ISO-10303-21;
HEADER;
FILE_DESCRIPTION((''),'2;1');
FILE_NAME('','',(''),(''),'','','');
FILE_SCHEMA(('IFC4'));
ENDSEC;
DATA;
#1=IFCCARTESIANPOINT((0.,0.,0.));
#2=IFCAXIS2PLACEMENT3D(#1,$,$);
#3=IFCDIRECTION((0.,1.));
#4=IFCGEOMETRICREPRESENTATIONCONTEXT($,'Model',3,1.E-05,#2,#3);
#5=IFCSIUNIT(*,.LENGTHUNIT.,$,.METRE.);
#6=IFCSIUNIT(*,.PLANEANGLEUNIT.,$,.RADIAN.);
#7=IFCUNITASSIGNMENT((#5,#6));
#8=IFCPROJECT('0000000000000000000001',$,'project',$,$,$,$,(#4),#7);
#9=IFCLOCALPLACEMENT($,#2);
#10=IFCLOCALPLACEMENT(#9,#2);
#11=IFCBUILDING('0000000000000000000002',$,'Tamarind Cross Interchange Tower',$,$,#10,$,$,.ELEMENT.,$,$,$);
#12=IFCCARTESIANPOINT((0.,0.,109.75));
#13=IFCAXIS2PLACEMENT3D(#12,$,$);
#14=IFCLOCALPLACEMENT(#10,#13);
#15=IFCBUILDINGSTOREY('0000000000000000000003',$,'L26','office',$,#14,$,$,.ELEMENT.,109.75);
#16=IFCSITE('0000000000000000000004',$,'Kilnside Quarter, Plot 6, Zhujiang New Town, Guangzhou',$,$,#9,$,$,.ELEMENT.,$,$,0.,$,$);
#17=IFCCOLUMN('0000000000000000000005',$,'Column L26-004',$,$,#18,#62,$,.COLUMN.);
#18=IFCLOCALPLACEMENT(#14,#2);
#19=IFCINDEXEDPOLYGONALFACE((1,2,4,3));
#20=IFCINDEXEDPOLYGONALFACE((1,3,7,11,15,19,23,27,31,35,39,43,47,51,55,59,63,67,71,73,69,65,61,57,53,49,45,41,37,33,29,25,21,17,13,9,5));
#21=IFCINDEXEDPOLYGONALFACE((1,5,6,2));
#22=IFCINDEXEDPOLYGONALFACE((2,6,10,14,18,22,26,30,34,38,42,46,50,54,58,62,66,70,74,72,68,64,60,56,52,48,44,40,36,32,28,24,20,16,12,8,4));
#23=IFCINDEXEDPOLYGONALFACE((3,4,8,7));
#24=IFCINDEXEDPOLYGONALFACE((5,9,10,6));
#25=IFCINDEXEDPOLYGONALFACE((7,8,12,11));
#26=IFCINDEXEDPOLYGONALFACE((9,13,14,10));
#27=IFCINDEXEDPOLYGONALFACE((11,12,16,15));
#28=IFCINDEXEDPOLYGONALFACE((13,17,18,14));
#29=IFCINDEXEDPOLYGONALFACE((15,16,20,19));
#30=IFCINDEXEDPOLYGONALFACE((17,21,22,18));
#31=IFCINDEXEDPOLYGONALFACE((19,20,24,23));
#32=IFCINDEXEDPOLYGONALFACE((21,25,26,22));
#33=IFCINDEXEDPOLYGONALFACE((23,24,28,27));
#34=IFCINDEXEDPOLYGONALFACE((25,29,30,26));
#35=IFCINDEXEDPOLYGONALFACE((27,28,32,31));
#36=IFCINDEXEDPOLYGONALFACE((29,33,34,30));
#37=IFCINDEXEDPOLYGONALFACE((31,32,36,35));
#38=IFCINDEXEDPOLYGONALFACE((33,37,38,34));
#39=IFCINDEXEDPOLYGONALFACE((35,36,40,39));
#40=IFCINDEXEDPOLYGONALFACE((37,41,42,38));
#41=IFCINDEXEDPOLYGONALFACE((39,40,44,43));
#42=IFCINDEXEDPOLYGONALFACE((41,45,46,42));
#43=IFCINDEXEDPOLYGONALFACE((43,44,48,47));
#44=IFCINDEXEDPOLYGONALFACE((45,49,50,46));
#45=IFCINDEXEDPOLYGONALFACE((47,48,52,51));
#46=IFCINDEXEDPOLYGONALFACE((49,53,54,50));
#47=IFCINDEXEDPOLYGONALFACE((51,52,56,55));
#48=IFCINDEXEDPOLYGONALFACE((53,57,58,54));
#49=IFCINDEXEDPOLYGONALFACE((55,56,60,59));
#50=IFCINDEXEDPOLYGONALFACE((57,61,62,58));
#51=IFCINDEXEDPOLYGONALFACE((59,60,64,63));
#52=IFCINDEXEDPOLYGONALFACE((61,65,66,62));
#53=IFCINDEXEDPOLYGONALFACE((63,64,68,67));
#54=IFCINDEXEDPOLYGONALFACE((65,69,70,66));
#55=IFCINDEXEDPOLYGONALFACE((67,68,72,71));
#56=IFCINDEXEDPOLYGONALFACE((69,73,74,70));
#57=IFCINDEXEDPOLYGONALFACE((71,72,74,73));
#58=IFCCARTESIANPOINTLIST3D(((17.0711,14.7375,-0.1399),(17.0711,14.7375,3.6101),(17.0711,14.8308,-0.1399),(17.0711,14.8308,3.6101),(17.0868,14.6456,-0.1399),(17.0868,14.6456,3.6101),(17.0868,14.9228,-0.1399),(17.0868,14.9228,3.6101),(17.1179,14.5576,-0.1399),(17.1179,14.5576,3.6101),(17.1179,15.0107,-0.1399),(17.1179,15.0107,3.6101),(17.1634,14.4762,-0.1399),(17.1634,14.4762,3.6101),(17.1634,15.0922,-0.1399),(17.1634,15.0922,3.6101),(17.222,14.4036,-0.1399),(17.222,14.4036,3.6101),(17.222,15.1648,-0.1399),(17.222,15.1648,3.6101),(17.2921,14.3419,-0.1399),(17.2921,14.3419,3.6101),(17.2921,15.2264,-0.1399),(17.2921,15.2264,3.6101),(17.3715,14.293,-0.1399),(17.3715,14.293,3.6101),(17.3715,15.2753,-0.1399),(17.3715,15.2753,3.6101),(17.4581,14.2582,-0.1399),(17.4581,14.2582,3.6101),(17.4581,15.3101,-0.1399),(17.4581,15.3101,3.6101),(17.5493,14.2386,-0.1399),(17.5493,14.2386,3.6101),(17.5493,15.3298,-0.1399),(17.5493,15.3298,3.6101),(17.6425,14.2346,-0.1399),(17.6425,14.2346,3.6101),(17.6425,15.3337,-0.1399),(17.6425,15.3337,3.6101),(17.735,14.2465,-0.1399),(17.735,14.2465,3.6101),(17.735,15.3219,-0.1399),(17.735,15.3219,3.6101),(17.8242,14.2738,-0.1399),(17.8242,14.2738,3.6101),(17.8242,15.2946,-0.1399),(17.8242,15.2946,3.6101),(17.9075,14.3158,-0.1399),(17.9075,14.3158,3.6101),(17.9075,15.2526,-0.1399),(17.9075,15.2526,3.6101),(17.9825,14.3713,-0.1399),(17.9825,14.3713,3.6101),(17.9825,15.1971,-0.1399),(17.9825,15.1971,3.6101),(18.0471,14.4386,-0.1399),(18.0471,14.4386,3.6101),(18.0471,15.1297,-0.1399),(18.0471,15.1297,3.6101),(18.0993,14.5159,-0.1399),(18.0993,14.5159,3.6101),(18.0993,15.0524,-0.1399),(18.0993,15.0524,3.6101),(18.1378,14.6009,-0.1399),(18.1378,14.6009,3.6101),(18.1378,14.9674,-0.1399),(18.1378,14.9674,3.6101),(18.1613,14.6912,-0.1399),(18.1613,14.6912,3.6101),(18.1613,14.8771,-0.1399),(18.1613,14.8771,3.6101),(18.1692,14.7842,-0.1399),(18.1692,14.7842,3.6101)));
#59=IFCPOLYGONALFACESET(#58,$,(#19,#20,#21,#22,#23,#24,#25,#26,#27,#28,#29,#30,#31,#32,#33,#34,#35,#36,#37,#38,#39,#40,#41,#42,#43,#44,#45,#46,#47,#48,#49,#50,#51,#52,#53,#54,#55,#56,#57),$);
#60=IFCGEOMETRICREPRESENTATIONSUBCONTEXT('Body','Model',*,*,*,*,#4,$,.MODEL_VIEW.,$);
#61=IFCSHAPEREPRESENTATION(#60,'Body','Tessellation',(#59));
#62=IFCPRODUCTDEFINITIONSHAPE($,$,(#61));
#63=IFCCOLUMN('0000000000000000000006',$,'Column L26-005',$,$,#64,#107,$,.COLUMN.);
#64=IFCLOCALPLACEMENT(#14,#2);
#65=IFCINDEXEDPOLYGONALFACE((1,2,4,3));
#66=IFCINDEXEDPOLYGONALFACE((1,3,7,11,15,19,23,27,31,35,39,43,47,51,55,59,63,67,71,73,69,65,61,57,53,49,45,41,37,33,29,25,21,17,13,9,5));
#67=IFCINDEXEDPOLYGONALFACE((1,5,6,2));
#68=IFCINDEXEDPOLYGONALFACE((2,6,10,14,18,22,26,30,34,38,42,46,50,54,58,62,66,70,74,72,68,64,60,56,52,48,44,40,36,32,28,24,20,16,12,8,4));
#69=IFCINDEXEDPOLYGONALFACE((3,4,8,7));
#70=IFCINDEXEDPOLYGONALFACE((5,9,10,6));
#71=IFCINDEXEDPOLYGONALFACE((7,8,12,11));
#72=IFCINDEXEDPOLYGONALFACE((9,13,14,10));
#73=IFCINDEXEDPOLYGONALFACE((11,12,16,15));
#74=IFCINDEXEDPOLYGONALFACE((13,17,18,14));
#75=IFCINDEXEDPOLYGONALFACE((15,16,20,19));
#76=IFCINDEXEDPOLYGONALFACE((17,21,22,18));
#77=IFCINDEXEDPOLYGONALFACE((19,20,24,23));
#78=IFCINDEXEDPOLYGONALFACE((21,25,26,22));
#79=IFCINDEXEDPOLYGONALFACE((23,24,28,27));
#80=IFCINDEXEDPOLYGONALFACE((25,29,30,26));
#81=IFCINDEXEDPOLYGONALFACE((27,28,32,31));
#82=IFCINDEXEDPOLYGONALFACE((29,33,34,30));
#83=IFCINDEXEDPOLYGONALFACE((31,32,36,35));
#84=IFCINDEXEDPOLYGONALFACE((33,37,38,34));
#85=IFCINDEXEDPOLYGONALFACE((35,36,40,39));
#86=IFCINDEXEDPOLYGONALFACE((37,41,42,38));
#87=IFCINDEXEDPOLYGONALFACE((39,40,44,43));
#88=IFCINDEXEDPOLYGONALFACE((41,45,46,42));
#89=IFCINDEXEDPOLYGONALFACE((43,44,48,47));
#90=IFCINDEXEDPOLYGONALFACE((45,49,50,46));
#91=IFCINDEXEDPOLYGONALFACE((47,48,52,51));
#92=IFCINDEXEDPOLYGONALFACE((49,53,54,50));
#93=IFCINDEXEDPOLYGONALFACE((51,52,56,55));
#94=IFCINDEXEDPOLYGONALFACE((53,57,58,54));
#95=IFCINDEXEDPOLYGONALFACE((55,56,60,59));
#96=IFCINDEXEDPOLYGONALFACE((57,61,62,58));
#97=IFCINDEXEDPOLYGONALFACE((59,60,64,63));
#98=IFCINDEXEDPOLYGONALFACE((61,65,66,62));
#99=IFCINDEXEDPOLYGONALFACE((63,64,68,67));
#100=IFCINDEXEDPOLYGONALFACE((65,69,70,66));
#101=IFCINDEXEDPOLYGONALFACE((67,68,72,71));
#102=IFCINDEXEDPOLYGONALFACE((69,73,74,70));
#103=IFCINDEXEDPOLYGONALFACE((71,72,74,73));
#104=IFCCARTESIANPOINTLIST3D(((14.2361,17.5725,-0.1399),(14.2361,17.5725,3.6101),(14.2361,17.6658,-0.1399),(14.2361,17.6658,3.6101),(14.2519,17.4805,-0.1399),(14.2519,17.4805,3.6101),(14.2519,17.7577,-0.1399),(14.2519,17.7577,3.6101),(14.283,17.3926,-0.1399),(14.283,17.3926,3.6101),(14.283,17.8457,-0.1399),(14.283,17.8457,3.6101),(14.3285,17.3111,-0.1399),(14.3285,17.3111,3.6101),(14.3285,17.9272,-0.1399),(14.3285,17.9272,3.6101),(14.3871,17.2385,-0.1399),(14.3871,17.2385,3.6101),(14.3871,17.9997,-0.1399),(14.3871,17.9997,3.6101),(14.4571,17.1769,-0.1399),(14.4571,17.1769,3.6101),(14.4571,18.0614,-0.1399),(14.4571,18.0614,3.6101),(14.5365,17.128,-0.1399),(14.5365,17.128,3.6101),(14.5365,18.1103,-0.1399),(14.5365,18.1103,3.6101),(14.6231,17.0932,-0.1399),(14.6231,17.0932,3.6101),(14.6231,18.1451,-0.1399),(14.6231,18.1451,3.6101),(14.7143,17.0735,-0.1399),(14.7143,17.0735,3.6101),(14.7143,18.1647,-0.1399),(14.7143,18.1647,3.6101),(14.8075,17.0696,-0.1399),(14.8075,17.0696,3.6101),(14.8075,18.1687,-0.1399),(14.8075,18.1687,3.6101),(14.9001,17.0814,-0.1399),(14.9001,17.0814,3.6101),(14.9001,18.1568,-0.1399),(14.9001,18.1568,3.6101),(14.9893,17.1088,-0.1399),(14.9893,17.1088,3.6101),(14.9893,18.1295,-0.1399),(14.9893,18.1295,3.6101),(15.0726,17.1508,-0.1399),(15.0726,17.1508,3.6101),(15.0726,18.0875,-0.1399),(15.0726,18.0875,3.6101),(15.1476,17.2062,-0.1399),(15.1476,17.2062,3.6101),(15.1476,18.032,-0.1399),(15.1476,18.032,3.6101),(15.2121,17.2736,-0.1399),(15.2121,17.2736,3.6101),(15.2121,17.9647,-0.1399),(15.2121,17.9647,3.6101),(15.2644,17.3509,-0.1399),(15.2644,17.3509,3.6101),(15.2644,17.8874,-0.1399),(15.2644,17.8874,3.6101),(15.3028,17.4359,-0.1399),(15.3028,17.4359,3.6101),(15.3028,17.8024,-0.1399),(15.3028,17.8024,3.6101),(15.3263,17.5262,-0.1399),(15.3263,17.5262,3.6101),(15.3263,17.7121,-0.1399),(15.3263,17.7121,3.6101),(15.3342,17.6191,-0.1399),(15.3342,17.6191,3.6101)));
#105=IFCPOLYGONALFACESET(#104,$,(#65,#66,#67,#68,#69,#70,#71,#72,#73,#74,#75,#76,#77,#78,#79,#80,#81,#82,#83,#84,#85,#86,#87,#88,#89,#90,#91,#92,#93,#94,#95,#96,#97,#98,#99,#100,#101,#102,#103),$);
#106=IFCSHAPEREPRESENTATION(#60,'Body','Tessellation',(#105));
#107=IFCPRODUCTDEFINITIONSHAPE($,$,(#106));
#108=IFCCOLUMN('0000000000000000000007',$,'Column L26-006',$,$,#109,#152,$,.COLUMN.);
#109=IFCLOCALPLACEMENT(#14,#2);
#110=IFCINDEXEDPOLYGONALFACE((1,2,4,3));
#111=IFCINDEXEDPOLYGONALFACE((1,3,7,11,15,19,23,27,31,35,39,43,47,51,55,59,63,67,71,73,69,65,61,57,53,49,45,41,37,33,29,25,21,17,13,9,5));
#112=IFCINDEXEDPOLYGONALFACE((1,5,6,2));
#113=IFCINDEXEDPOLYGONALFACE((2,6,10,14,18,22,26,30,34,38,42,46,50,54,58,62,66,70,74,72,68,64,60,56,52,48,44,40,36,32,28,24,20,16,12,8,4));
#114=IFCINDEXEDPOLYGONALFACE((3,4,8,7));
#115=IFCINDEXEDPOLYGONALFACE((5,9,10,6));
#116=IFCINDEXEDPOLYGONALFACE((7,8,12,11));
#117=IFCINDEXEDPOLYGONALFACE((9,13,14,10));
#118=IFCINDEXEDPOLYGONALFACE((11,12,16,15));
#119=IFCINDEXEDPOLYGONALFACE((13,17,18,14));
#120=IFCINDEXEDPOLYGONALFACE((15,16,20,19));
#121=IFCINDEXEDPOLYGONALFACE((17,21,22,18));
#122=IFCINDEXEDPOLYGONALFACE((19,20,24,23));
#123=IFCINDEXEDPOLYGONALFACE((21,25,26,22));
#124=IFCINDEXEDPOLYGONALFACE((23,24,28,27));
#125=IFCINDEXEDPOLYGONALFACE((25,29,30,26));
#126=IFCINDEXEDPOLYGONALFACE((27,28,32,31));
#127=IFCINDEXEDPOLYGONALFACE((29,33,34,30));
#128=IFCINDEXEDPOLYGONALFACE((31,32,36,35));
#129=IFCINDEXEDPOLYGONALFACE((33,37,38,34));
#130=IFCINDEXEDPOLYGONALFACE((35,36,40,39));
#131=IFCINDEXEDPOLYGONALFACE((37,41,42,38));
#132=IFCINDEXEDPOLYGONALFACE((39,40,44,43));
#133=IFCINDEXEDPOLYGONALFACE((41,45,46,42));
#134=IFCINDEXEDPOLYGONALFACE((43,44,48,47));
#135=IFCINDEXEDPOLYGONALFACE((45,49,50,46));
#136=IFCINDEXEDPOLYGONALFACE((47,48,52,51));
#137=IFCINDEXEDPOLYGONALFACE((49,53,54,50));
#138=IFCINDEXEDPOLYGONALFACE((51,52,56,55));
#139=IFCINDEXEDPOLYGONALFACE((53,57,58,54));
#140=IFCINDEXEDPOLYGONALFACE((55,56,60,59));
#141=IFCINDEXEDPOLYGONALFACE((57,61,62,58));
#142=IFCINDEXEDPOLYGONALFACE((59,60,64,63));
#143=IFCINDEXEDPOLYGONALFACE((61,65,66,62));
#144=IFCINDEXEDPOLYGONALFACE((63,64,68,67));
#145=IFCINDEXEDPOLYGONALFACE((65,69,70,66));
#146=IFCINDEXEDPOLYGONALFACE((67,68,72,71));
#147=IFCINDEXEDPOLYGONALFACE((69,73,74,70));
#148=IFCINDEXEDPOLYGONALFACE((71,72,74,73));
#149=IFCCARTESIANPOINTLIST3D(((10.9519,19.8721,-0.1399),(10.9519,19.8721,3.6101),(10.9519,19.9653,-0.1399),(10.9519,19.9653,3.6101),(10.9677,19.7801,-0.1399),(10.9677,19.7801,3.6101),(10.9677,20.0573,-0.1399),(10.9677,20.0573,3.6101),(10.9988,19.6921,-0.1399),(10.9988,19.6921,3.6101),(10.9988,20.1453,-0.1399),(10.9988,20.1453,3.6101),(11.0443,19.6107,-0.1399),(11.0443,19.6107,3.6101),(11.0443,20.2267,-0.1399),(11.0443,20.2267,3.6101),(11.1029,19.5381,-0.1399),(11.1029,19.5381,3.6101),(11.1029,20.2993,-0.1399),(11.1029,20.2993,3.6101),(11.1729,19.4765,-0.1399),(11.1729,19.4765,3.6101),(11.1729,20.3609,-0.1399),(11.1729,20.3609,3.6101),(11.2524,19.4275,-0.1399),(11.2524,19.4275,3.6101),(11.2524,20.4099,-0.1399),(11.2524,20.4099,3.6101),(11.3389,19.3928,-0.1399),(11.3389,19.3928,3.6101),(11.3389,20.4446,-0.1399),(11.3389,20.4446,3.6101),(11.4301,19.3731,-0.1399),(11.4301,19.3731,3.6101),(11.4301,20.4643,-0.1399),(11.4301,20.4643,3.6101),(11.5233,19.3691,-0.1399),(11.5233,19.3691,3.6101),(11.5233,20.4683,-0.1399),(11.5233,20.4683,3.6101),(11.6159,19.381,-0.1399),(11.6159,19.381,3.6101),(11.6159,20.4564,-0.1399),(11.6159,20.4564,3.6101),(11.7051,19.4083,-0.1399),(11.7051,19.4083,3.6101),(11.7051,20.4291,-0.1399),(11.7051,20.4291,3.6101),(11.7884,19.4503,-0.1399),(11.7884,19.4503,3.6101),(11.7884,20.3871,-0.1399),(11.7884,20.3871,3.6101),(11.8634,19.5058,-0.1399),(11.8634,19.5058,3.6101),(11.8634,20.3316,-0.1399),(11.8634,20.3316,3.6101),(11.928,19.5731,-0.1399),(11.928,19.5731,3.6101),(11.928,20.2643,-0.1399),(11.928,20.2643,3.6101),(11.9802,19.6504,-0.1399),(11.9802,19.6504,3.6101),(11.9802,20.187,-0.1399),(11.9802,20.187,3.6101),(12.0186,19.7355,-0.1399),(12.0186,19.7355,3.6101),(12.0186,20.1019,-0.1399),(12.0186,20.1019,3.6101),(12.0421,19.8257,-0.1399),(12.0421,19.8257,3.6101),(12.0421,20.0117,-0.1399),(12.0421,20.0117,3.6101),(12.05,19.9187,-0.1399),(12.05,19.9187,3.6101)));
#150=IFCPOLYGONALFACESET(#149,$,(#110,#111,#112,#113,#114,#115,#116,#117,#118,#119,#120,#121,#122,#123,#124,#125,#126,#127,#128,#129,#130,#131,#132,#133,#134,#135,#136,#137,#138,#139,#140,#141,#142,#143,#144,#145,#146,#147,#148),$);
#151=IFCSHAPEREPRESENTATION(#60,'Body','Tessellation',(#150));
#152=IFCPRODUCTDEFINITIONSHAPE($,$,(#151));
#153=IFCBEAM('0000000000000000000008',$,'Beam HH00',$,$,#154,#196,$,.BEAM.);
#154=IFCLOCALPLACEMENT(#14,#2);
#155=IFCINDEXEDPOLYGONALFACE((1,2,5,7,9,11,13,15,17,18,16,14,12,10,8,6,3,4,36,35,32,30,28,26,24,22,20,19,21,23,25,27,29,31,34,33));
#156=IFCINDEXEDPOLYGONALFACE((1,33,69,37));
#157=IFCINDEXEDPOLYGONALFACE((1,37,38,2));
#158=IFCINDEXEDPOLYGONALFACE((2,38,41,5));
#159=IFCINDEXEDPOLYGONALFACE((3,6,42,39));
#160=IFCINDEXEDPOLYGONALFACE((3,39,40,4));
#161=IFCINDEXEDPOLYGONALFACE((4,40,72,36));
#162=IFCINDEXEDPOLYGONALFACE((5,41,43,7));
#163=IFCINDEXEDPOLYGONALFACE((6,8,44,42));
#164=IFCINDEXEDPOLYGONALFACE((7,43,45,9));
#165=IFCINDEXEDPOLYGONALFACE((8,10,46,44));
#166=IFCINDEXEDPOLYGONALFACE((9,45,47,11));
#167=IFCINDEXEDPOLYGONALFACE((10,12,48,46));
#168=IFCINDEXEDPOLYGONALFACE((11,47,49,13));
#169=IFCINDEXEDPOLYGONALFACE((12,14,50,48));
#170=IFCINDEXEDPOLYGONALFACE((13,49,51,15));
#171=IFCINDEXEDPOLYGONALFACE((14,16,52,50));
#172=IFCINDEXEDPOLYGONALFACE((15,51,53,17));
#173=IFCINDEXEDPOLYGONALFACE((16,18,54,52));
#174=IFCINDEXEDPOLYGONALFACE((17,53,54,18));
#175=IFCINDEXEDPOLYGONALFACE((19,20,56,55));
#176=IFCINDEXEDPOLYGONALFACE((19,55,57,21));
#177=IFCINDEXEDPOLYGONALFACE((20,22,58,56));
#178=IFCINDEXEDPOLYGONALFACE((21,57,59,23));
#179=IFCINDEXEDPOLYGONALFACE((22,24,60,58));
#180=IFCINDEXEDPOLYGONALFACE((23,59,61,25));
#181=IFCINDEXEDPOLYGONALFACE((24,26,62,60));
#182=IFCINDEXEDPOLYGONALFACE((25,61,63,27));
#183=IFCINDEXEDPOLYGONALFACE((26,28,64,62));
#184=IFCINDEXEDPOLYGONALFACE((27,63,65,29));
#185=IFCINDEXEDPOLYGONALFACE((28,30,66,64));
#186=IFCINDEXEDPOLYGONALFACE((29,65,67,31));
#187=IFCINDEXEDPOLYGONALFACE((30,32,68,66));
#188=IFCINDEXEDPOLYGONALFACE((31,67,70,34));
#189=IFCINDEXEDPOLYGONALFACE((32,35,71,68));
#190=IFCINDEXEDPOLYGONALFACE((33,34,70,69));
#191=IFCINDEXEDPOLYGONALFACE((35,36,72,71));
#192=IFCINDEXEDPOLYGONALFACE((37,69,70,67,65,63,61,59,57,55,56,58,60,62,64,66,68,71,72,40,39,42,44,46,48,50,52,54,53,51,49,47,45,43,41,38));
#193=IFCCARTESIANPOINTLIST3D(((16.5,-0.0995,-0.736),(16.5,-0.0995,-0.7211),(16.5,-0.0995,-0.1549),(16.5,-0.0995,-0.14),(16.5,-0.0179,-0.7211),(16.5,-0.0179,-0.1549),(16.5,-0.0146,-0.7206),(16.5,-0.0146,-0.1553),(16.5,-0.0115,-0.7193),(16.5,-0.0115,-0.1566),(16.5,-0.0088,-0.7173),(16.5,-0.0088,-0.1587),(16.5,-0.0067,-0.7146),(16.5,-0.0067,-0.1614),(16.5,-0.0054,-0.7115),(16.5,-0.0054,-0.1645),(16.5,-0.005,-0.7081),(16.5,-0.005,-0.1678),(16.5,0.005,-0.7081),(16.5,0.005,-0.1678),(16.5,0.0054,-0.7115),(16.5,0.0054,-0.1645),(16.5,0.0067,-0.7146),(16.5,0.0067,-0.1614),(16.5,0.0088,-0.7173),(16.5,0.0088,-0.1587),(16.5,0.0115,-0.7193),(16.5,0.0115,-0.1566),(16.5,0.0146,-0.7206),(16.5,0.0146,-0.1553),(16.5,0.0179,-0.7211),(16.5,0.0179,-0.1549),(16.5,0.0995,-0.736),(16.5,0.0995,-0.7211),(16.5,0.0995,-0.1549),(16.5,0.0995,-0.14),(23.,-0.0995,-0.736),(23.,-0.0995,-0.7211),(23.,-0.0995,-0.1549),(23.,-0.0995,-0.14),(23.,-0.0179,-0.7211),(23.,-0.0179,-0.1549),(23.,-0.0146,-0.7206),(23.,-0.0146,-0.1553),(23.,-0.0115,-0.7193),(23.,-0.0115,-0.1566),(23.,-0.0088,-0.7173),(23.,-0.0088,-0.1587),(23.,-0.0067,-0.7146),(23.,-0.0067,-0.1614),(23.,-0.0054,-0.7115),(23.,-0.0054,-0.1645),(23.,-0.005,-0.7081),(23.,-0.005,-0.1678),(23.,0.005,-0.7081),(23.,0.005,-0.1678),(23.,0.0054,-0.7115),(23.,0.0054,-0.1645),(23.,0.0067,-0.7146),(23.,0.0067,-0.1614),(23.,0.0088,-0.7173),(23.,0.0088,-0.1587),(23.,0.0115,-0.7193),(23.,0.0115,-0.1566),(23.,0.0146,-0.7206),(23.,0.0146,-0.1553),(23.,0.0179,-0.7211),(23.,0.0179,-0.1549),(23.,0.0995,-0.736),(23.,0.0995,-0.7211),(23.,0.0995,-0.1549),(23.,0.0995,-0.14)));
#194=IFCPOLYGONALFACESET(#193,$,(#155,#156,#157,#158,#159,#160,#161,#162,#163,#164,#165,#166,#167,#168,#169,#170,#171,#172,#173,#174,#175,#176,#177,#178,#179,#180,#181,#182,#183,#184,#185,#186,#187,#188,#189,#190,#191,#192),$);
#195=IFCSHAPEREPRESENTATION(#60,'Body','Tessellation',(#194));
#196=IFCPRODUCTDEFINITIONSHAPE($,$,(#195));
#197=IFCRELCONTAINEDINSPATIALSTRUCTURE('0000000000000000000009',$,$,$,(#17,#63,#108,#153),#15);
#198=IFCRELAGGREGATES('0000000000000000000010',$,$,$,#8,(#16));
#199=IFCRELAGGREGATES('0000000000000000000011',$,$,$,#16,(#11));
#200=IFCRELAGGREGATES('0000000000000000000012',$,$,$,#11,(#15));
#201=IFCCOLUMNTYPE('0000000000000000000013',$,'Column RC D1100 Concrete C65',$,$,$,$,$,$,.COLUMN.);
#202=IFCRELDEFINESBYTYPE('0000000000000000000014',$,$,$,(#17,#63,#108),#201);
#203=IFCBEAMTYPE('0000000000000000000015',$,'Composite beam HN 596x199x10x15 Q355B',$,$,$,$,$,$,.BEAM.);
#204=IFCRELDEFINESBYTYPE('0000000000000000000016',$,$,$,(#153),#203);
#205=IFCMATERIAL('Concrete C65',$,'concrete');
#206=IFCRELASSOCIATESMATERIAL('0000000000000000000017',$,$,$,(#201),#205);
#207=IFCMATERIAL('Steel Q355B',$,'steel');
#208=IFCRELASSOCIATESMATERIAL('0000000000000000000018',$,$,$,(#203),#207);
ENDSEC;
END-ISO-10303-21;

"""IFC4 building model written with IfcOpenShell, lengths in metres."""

from ifc_helpers import new_model, si_unit, direction, frame, origin, origin_2d, place, context, subcontext, project, spatial, circle, i_section, extrude, material, material_profile, profile_set, type_object, element, save


model = new_model("IFC4")

# Units and contexts
model_context = context("Model", 3, precision=1e-05, world=origin(), true_north=direction((0.0, 1.0)))
body_context = subcontext(model_context, "Body", "Model", "MODEL_VIEW")
ifc_project = project(units=[si_unit("LENGTHUNIT", "METRE"), si_unit("PLANEANGLEUNIT", "RADIAN")], contexts=[model_context])

# Site, building, storey
site_placement = place(None, origin())
site = spatial("IfcSite", under=ifc_project, at=site_placement, Name="Kilnside Quarter, Plot 6, Zhujiang New Town, Guangzhou", CompositionType="ELEMENT", RefElevation=0.0)
building_placement = place(site_placement, origin())
building = spatial("IfcBuilding", under=site, at=building_placement, Name="Tamarind Cross Interchange Tower", CompositionType="ELEMENT")
storey_placement = place(building_placement, frame((0.0, 0.0, 109.75)))
storey = spatial("IfcBuildingStorey", under=building, at=storey_placement, Name="L26", Description="office", CompositionType="ELEMENT", Elevation=109.75)

# Columns
ifc_material_1 = material(Name="Concrete C65", Category="concrete")
ifc_material_profile_1 = material_profile(ifc_material_1, circle(Radius=0.55, at=origin_2d()), Name="RC D1100")
ifc_profile_set_1 = profile_set([ifc_material_profile_1], Name="Concrete C65")
column_type_1 = type_object("IfcColumnType", Name="Column RC D1100 Concrete C65", PredefinedType="COLUMN", material=ifc_profile_set_1)
for number, where, z_axis, x_axis, name in (
    (1, (17.6191, 14.7842, -0.1399), (0.0, 0.0, 1.0), (1.0, 0.0, 0.0), "Column L26-004"),
    (2, (14.7842, 17.6191, -0.1399), (0.0, 0.0, 1.0), (1.0, 0.0, 0.0), "Column L26-005"),
    (3, (11.5, 19.9187, -0.1399), (0.0, 0.0, 1.0), (1.0, 0.0, 0.0), "Column L26-006"),
):
    element("IfcColumn", number, at=place(storey_placement, frame(where, z_axis=z_axis, x_axis=x_axis)), inside=storey, type_object=column_type_1, Name=name, PredefinedType="COLUMN", context=body_context, shape_type="SweptSolid", body=[
        extrude(circle(Radius=0.55, at=origin_2d()), origin(), (0.0, 0.0, 1.0), 3.75),
    ])

# Beam
ifc_material_2 = material(Name="Steel Q355B", Category="steel")
ifc_material_profile_2 = material_profile(ifc_material_2, i_section(OverallWidth=0.199, OverallDepth=0.5959, WebThickness=0.01, FlangeThickness=0.0149, FilletRadius=0.0129, at=origin_2d()), Name="HN 596x199x10x15")
ifc_profile_set_2 = profile_set([ifc_material_profile_2], Name="Steel Q355B")
beam_type = type_object("IfcBeamType", Name="Composite beam HN 596x199x10x15 Q355B", PredefinedType="BEAM", material=ifc_profile_set_2)
beam_1_placement = place(storey_placement, frame((23.0, 0.0, -0.438), z_axis=(-1.0, 0.0, 0.0), x_axis=(0.0, -1.0, 0.0)))
element("IfcBeam", 4, at=beam_1_placement, inside=storey, type_object=beam_type, Name="Beam HH00", PredefinedType="BEAM", context=body_context, shape_type="SweptSolid", body=[
    extrude(i_section(OverallWidth=0.199, OverallDepth=0.5959, WebThickness=0.01, FlangeThickness=0.0149, FilletRadius=0.0129, at=origin_2d()), origin(), (0.0, 0.0, 1.0), 6.5),
])

save(model, "model.ifc")
